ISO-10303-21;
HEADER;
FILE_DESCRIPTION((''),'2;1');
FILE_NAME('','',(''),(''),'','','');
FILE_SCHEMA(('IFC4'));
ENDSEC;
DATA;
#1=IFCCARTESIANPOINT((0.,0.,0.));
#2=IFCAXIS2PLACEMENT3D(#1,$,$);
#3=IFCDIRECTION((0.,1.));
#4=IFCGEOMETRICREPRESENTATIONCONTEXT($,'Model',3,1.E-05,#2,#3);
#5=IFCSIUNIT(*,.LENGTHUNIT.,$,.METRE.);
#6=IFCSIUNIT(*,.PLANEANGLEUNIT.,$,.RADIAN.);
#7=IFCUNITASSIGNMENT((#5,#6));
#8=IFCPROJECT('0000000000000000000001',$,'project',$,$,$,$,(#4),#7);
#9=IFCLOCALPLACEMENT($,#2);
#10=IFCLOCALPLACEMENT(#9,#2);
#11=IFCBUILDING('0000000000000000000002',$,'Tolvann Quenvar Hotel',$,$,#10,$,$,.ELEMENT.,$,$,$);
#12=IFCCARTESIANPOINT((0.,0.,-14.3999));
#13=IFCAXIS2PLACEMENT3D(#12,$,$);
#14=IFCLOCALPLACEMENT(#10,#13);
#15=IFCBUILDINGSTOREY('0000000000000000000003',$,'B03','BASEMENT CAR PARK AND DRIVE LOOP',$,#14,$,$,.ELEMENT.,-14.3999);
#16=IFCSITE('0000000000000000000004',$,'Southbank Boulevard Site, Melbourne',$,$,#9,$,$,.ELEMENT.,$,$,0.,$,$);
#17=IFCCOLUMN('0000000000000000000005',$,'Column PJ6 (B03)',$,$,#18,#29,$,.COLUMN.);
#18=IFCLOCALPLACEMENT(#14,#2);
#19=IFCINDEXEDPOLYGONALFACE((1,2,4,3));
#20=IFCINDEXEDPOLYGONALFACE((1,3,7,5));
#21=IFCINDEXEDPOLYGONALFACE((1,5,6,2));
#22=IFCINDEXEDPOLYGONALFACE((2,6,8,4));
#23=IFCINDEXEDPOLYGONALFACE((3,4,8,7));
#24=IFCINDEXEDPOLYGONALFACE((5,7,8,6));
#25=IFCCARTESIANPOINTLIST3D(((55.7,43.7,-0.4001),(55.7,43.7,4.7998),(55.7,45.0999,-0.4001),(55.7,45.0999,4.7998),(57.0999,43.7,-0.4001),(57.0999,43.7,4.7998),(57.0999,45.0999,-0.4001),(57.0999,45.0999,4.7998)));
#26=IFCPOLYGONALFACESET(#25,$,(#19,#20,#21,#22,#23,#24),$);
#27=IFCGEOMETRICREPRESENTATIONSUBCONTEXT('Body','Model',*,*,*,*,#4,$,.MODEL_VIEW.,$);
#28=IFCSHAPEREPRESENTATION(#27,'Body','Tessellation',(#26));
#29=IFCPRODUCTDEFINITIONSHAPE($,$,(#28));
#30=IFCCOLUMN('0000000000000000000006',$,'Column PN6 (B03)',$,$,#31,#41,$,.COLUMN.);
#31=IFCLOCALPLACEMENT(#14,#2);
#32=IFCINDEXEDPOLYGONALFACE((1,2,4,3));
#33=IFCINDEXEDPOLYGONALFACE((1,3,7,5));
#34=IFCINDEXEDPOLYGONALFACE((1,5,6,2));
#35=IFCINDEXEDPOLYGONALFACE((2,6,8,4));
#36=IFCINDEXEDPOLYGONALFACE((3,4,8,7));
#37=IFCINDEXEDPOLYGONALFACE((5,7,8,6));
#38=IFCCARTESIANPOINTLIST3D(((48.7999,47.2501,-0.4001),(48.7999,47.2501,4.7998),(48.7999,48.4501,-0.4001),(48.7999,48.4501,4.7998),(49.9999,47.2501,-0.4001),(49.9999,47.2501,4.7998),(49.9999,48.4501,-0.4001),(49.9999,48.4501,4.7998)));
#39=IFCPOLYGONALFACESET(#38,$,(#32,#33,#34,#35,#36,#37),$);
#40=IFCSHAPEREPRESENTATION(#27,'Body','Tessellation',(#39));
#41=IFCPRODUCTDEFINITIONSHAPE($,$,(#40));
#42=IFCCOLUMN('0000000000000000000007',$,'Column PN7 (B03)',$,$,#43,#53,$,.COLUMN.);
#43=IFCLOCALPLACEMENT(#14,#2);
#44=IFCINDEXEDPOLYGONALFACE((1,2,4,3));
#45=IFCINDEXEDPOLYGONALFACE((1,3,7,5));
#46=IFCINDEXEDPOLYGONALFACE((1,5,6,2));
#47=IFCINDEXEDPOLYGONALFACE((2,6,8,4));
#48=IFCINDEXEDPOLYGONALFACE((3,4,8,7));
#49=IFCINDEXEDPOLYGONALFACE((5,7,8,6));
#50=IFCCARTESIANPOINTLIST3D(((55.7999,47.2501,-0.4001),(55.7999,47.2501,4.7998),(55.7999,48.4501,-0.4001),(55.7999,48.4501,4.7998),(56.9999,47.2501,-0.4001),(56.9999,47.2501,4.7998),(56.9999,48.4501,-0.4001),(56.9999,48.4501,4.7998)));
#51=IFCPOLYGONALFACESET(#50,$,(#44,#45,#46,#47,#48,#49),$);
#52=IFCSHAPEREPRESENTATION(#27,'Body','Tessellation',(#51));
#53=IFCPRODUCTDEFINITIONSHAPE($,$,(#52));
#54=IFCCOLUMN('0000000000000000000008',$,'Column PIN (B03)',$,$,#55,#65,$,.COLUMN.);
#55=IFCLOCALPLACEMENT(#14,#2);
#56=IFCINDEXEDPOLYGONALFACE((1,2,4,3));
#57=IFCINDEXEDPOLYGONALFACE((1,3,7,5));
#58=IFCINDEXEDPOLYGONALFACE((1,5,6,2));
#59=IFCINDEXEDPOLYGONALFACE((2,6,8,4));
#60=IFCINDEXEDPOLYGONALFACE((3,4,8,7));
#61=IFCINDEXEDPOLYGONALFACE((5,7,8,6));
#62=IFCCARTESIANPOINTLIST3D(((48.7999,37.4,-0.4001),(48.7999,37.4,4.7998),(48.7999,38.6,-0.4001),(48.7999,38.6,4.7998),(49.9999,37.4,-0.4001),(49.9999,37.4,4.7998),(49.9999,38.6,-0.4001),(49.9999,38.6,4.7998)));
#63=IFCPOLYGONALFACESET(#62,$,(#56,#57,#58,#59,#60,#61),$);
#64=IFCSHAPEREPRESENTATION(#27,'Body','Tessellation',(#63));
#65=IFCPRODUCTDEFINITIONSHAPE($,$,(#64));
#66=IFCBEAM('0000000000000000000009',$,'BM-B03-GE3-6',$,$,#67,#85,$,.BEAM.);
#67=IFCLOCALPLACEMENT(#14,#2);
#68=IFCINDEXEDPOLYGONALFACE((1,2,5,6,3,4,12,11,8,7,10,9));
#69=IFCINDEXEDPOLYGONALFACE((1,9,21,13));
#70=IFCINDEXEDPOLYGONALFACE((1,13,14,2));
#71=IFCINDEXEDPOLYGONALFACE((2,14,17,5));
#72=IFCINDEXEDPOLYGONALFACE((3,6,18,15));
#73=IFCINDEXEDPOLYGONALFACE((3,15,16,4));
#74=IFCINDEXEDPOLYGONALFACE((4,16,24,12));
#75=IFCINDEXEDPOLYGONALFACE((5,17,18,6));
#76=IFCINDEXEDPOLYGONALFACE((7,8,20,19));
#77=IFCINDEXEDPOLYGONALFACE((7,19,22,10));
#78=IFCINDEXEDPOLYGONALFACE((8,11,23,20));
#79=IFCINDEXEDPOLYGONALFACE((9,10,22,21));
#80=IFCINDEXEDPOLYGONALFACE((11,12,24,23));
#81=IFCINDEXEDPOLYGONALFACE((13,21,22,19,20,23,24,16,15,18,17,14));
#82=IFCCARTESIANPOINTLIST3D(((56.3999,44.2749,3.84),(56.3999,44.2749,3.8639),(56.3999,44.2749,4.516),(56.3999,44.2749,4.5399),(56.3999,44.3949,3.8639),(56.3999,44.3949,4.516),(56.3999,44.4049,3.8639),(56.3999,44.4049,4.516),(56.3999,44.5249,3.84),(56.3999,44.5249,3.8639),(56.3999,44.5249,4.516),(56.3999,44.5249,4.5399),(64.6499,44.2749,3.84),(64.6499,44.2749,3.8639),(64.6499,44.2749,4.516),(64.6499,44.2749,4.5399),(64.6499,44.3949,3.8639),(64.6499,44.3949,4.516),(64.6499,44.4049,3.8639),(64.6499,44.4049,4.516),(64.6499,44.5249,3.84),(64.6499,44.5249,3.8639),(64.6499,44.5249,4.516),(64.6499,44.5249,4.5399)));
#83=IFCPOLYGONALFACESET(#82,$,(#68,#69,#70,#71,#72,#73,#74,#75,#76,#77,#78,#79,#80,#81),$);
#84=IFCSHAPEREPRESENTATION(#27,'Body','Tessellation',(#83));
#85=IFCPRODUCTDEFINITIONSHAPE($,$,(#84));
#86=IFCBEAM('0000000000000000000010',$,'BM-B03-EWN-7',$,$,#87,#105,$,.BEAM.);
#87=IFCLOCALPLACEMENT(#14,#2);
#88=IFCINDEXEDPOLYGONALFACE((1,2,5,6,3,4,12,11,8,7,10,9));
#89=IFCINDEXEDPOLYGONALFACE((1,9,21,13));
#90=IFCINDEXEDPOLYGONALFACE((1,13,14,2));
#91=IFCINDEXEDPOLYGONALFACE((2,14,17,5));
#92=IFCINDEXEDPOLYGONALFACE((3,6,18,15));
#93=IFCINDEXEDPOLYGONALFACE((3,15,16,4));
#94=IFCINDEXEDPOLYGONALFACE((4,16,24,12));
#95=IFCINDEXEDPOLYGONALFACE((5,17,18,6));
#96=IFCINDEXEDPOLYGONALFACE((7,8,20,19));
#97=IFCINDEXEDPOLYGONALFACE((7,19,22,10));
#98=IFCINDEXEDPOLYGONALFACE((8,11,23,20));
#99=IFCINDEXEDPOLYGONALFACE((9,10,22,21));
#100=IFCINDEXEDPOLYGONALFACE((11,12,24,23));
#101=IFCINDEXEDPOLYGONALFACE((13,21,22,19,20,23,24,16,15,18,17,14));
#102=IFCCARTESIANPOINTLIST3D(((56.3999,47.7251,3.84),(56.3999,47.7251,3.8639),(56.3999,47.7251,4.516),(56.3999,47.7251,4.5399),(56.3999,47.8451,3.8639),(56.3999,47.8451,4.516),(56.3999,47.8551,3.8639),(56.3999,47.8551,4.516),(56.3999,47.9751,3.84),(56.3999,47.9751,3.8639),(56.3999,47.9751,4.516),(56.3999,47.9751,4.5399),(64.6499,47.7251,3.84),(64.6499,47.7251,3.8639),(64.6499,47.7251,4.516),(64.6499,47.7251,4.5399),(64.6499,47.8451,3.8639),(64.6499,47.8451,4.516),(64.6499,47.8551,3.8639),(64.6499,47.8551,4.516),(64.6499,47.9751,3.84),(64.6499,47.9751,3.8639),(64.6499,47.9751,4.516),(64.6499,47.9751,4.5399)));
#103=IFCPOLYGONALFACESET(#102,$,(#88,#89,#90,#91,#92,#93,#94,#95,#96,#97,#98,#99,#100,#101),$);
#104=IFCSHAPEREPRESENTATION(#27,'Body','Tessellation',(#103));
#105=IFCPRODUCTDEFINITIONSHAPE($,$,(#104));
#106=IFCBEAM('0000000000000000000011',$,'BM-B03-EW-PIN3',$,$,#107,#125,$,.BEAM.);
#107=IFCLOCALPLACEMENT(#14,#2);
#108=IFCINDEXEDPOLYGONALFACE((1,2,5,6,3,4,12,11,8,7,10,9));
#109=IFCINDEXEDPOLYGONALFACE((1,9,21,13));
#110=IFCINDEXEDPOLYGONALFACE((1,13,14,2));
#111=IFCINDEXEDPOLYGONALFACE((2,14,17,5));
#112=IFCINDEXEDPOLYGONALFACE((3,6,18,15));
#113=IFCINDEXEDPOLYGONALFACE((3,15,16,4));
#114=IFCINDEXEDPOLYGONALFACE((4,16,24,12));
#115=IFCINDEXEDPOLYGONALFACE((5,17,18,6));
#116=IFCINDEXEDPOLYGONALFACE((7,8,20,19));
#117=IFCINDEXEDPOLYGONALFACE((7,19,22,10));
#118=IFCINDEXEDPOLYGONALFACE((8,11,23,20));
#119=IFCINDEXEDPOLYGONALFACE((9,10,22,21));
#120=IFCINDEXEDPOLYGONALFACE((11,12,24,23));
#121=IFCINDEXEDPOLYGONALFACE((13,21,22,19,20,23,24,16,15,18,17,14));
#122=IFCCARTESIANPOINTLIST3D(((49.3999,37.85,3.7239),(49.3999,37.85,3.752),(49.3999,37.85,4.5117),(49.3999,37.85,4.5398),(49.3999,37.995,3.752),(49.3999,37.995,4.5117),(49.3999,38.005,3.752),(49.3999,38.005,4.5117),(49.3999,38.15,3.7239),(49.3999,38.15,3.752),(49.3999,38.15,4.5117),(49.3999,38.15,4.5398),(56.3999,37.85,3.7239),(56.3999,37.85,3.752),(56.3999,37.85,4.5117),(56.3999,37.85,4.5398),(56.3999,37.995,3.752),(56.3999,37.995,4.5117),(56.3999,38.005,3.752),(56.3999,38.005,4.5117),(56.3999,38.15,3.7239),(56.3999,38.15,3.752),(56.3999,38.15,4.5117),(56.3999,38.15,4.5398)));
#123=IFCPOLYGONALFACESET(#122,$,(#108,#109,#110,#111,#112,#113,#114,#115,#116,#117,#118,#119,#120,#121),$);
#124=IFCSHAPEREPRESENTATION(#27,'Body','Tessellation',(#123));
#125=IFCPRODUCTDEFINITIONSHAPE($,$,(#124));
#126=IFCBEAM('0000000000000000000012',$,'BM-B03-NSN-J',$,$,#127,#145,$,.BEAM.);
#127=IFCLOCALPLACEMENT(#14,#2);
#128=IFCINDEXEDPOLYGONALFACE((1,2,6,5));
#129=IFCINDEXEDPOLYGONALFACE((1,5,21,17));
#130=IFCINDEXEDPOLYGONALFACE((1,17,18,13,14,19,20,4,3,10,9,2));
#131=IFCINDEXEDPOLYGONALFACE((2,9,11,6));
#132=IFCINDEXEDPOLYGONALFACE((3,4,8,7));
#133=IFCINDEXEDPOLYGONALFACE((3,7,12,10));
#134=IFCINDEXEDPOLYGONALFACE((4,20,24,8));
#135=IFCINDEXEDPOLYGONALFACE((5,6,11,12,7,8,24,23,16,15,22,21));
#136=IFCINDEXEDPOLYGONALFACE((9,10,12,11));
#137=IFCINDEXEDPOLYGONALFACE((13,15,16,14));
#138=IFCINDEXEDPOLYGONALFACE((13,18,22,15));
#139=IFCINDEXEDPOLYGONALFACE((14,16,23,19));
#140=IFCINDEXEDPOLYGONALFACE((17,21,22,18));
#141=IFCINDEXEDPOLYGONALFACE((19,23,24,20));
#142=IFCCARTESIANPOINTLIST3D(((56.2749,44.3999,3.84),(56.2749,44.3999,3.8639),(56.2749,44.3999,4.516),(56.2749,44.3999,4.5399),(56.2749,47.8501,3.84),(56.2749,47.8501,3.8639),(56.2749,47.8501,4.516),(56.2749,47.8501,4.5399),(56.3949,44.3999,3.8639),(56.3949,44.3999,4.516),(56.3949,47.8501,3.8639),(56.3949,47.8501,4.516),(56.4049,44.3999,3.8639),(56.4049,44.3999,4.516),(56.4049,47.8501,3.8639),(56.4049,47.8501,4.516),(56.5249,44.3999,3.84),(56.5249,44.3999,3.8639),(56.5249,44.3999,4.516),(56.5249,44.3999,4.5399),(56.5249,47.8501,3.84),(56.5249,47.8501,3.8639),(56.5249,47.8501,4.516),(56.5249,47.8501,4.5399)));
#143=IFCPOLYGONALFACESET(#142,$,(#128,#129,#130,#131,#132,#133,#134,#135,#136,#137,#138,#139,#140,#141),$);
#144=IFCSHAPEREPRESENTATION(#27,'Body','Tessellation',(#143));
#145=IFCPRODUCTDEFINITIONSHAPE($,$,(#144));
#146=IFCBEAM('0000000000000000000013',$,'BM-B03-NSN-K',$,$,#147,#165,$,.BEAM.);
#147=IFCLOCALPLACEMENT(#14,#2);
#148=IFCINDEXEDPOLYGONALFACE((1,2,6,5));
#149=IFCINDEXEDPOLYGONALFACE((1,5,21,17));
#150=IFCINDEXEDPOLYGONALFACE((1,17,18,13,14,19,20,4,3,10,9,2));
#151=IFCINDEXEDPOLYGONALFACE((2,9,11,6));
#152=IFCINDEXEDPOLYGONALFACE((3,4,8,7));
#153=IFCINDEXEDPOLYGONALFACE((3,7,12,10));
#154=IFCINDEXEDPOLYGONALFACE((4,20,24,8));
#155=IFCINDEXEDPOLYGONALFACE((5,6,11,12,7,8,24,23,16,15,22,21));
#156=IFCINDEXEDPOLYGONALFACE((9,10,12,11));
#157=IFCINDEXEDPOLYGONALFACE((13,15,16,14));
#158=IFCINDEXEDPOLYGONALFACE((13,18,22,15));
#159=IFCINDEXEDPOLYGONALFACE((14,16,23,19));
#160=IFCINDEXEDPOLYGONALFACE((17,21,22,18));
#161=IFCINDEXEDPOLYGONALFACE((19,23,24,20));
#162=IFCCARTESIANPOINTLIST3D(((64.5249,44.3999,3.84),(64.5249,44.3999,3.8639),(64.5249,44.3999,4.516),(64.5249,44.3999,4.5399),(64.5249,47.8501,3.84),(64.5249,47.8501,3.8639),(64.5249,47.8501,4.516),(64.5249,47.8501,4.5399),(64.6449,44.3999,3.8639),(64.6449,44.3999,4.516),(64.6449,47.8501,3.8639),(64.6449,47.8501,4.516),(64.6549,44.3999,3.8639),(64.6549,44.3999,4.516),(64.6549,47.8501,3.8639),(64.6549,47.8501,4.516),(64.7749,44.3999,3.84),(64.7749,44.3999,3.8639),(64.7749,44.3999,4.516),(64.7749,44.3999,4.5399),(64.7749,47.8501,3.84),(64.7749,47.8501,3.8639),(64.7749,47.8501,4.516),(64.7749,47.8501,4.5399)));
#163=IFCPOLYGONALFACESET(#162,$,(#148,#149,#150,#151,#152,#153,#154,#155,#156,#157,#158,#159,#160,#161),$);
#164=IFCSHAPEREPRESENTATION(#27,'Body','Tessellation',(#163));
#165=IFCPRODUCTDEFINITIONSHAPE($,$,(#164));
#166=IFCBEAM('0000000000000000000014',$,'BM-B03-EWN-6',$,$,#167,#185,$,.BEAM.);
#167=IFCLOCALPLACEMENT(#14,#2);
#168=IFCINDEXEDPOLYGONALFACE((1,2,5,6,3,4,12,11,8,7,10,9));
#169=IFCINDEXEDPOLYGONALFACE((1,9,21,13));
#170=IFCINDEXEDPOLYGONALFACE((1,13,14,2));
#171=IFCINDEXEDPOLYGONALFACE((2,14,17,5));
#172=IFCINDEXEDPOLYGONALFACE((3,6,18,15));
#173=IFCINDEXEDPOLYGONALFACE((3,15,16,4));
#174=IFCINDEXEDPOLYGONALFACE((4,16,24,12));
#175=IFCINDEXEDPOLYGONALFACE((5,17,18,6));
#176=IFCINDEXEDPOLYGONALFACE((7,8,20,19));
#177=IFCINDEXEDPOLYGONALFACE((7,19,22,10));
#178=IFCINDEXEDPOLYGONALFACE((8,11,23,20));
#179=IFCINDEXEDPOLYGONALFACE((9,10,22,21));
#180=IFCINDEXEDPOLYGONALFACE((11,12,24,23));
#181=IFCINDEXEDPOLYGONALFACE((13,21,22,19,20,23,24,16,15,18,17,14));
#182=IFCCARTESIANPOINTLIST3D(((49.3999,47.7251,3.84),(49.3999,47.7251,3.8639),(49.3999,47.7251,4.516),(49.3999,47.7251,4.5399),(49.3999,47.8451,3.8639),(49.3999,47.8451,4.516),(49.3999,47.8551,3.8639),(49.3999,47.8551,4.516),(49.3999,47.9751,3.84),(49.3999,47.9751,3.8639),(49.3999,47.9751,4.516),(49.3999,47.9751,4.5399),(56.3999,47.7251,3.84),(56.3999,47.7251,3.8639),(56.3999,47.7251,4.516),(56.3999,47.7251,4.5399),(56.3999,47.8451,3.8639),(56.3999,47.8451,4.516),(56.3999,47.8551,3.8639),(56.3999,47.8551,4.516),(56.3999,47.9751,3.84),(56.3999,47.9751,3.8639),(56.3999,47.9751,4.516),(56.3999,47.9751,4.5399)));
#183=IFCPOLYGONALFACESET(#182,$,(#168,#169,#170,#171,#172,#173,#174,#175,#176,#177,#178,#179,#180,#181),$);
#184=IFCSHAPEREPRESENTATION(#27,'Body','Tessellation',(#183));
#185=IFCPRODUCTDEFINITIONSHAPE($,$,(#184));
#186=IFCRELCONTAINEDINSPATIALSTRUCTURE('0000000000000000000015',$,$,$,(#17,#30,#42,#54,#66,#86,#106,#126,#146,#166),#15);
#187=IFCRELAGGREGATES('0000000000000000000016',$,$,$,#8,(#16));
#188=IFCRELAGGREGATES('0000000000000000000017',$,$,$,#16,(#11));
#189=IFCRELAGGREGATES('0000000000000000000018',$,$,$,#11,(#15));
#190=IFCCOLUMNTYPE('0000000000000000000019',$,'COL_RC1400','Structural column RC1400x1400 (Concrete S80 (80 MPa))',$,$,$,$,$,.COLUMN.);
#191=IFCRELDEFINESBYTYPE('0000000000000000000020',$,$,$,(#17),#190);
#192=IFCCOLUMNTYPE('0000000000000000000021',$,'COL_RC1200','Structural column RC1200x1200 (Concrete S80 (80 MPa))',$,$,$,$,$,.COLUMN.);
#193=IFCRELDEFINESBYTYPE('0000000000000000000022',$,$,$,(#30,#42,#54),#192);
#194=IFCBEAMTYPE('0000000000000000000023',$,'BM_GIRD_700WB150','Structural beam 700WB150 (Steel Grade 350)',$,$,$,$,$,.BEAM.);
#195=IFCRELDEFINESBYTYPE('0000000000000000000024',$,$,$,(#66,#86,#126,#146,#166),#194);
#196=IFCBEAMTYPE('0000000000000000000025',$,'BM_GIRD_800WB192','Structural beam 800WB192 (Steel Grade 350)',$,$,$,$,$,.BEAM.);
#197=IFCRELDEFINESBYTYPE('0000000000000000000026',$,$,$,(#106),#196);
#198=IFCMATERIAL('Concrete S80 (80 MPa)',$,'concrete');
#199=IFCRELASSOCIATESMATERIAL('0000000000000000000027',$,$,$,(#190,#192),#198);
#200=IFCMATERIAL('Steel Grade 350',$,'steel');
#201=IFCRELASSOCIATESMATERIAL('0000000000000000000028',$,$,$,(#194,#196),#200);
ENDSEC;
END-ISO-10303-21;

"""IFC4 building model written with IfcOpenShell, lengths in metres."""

from ifc_helpers import new_model, si_unit, direction, frame, origin, origin_2d, place, context, subcontext, project, spatial, rectangle, i_section, extrude, source, transform, mapped, material, material_profile, profile_set, type_object, type_shapes, element, save


model = new_model("IFC4")

# Units and contexts
model_context = context("Model", 3, precision=1e-05, world=origin(), true_north=direction((0.0, 1.0)))
body_context = subcontext(model_context, "Body", "Model", "MODEL_VIEW")
ifc_project = project(units=[si_unit("LENGTHUNIT", "METRE"), si_unit("PLANEANGLEUNIT", "RADIAN")], contexts=[model_context])

# Site, building, storey
site_placement = place(None, origin())
site = spatial("IfcSite", under=ifc_project, at=site_placement, Name="Southbank Boulevard Site, Melbourne", CompositionType="ELEMENT", RefElevation=0.0)
building_placement = place(site_placement, origin())
building = spatial("IfcBuilding", under=site, at=building_placement, Name="Tolvann Quenvar Hotel", CompositionType="ELEMENT")
storey_placement = place(building_placement, frame((0.0, 0.0, -14.3999)))
storey = spatial("IfcBuildingStorey", under=building, at=storey_placement, Name="B03", Description="BASEMENT CAR PARK AND DRIVE LOOP", CompositionType="ELEMENT", Elevation=-14.3999)

# Columns
ifc_material_1 = material(Name="Concrete S80 (80 MPa)", Category="concrete")
ifc_material_profile_1 = material_profile(ifc_material_1, rectangle(XDim=1.3999, YDim=1.3999, at=origin_2d()), Name="RC1400x1400")
ifc_profile_set_1 = profile_set([ifc_material_profile_1], Name="Concrete S80 (80 MPa)")
column_type_1 = type_object("IfcColumnType", Name="COL_RC1400", Description="Structural column RC1400x1400 (Concrete S80 (80 MPa))", PredefinedType="COLUMN", material=ifc_profile_set_1)
shared_shape_1 = source(origin(), body_context, "Body", "SweptSolid", [
    extrude(rectangle(XDim=1.3999, YDim=1.3999, at=origin_2d()), origin(), (0.0, 0.0, 1.0), 5.2),
])
type_shapes(column_type_1, [shared_shape_1])
for number, where, z_axis, x_axis, name in (
    (1, (56.3999, 44.3999, -0.4001), (0.0, 0.0, 1.0), (1.0, 0.0, 0.0), "Column PJ6 (B03)"),
):
    element("IfcColumn", number, at=place(storey_placement, frame(where, z_axis=z_axis, x_axis=x_axis)), inside=storey, type_object=column_type_1, Name=name, PredefinedType="COLUMN", context=body_context, shape_type="MappedRepresentation", body=[
        mapped(shared_shape_1, transform((0.0, 0.0, 0.0), x_axis=(1.0, 0.0, 0.0), y_axis=(0.0, 1.0, 0.0), z_axis=(0.0, 0.0, 1.0), scale=1.0)),
    ])
ifc_material_profile_2 = material_profile(ifc_material_1, rectangle(XDim=1.2, YDim=1.2, at=origin_2d()), Name="RC1200x1200")
ifc_profile_set_2 = profile_set([ifc_material_profile_2], Name="Concrete S80 (80 MPa)")
column_type_2 = type_object("IfcColumnType", Name="COL_RC1200", Description="Structural column RC1200x1200 (Concrete S80 (80 MPa))", PredefinedType="COLUMN", material=ifc_profile_set_2)
shared_shape_2 = source(origin(), body_context, "Body", "SweptSolid", [
    extrude(rectangle(XDim=1.2, YDim=1.2, at=origin_2d()), origin(), (0.0, 0.0, 1.0), 5.2),
])
type_shapes(column_type_2, [shared_shape_2])
for number, where, z_axis, x_axis, name in (
    (2, (49.3999, 47.8501, -0.4001), (0.0, 0.0, 1.0), (1.0, 0.0, 0.0), "Column PN6 (B03)"),
    (3, (56.3999, 47.8501, -0.4001), (0.0, 0.0, 1.0), (1.0, 0.0, 0.0), "Column PN7 (B03)"),
    (4, (49.3999, 38.0, -0.4001), (0.0, 0.0, 1.0), (1.0, 0.0, 0.0), "Column PIN (B03)"),
):
    element("IfcColumn", number, at=place(storey_placement, frame(where, z_axis=z_axis, x_axis=x_axis)), inside=storey, type_object=column_type_2, Name=name, PredefinedType="COLUMN", context=body_context, shape_type="MappedRepresentation", body=[
        mapped(shared_shape_2, transform((0.0, 0.0, 0.0), x_axis=(1.0, 0.0, 0.0), y_axis=(0.0, 1.0, 0.0), z_axis=(0.0, 0.0, 1.0), scale=1.0)),
    ])

# Beams
ifc_material_2 = material(Name="Steel Grade 350", Category="steel")
ifc_material_profile_3 = material_profile(ifc_material_2, i_section(OverallWidth=0.25, OverallDepth=0.7, WebThickness=0.01, FlangeThickness=0.0239, at=origin_2d()), Name="700WB150")
ifc_profile_set_3 = profile_set([ifc_material_profile_3], Name="Steel Grade 350")
beam_type_1 = type_object("IfcBeamType", Name="BM_GIRD_700WB150", Description="Structural beam 700WB150 (Steel Grade 350)", PredefinedType="BEAM", material=ifc_profile_set_3)
shared_shape_3 = source(origin(), body_context, "Body", "SweptSolid", [
    extrude(i_section(OverallWidth=0.25, OverallDepth=0.7, WebThickness=0.01, FlangeThickness=0.0239, at=origin_2d()), origin(), (0.0, 0.0, 1.0), 8.25),
])
for number, where, z_axis, x_axis, name in (
    (5, (56.3999, 44.3999, 4.1899), (1.0, 0.0, 0.0), (0.0, 1.0, 0.0), "BM-B03-GE3-6"),
    (6, (56.3999, 47.8501, 4.1899), (1.0, 0.0, 0.0), (0.0, 1.0, 0.0), "BM-B03-EWN-7"),
):
    element("IfcBeam", number, at=place(storey_placement, frame(where, z_axis=z_axis, x_axis=x_axis)), inside=storey, type_object=beam_type_1, Name=name, PredefinedType="BEAM", context=body_context, shape_type="MappedRepresentation", body=[
        mapped(shared_shape_3, transform((0.0, 0.0, 0.0), x_axis=(1.0, 0.0, 0.0), y_axis=(0.0, 1.0, 0.0), z_axis=(0.0, 0.0, 1.0), scale=1.0)),
    ])
ifc_material_profile_4 = material_profile(ifc_material_2, i_section(OverallWidth=0.3, OverallDepth=0.8159, WebThickness=0.01, FlangeThickness=0.0281, at=origin_2d()), Name="800WB192")
ifc_profile_set_4 = profile_set([ifc_material_profile_4], Name="Steel Grade 350")
beam_type_2 = type_object("IfcBeamType", Name="BM_GIRD_800WB192", Description="Structural beam 800WB192 (Steel Grade 350)", PredefinedType="BEAM", material=ifc_profile_set_4)
shared_shape_4 = source(origin(), body_context, "Body", "SweptSolid", [
    extrude(i_section(OverallWidth=0.3, OverallDepth=0.8159, WebThickness=0.01, FlangeThickness=0.0281, at=origin_2d()), origin(), (0.0, 0.0, 1.0), 7.0),
])
beam_1_placement = place(storey_placement, frame((49.3999, 38.0, 4.1318), z_axis=(1.0, 0.0, 0.0), x_axis=(0.0, 1.0, 0.0)))
element("IfcBeam", 7, at=beam_1_placement, inside=storey, type_object=beam_type_2, Name="BM-B03-EW-PIN3", PredefinedType="BEAM", context=body_context, shape_type="MappedRepresentation", body=[
    mapped(shared_shape_4, transform((0.0, 0.0, 0.0), x_axis=(1.0, 0.0, 0.0), y_axis=(0.0, 1.0, 0.0), z_axis=(0.0, 0.0, 1.0), scale=1.0)),
])
shared_shape_5 = source(origin(), body_context, "Body", "SweptSolid", [
    extrude(i_section(OverallWidth=0.25, OverallDepth=0.7, WebThickness=0.01, FlangeThickness=0.0239, at=origin_2d()), origin(), (0.0, 0.0, 1.0), 3.4502),
])
for number, where, z_axis, x_axis, name in (
    (8, (56.3999, 44.3999, 4.1899), (0.0, 1.0, 0.0), (-1.0, 0.0, 0.0), "BM-B03-NSN-J"),
    (9, (64.6499, 44.3999, 4.1899), (0.0, 1.0, 0.0), (-1.0, 0.0, 0.0), "BM-B03-NSN-K"),
):
    element("IfcBeam", number, at=place(storey_placement, frame(where, z_axis=z_axis, x_axis=x_axis)), inside=storey, type_object=beam_type_1, Name=name, PredefinedType="BEAM", context=body_context, shape_type="MappedRepresentation", body=[
        mapped(shared_shape_5, transform((0.0, 0.0, 0.0), x_axis=(1.0, 0.0, 0.0), y_axis=(0.0, 1.0, 0.0), z_axis=(0.0, 0.0, 1.0), scale=1.0)),
    ])
shared_shape_6 = source(origin(), body_context, "Body", "SweptSolid", [
    extrude(i_section(OverallWidth=0.25, OverallDepth=0.7, WebThickness=0.01, FlangeThickness=0.0239, at=origin_2d()), origin(), (0.0, 0.0, 1.0), 7.0),
])
type_shapes(beam_type_1, [shared_shape_3, shared_shape_5, shared_shape_6])
beam_2_placement = place(storey_placement, frame((49.3999, 47.8501, 4.1899), z_axis=(1.0, 0.0, 0.0), x_axis=(0.0, 1.0, 0.0)))
element("IfcBeam", 10, at=beam_2_placement, inside=storey, type_object=beam_type_1, Name="BM-B03-EWN-6", PredefinedType="BEAM", context=body_context, shape_type="MappedRepresentation", body=[
    mapped(shared_shape_6, transform((0.0, 0.0, 0.0), x_axis=(1.0, 0.0, 0.0), y_axis=(0.0, 1.0, 0.0), z_axis=(0.0, 0.0, 1.0), scale=1.0)),
])

save(model, "model.ifc")
